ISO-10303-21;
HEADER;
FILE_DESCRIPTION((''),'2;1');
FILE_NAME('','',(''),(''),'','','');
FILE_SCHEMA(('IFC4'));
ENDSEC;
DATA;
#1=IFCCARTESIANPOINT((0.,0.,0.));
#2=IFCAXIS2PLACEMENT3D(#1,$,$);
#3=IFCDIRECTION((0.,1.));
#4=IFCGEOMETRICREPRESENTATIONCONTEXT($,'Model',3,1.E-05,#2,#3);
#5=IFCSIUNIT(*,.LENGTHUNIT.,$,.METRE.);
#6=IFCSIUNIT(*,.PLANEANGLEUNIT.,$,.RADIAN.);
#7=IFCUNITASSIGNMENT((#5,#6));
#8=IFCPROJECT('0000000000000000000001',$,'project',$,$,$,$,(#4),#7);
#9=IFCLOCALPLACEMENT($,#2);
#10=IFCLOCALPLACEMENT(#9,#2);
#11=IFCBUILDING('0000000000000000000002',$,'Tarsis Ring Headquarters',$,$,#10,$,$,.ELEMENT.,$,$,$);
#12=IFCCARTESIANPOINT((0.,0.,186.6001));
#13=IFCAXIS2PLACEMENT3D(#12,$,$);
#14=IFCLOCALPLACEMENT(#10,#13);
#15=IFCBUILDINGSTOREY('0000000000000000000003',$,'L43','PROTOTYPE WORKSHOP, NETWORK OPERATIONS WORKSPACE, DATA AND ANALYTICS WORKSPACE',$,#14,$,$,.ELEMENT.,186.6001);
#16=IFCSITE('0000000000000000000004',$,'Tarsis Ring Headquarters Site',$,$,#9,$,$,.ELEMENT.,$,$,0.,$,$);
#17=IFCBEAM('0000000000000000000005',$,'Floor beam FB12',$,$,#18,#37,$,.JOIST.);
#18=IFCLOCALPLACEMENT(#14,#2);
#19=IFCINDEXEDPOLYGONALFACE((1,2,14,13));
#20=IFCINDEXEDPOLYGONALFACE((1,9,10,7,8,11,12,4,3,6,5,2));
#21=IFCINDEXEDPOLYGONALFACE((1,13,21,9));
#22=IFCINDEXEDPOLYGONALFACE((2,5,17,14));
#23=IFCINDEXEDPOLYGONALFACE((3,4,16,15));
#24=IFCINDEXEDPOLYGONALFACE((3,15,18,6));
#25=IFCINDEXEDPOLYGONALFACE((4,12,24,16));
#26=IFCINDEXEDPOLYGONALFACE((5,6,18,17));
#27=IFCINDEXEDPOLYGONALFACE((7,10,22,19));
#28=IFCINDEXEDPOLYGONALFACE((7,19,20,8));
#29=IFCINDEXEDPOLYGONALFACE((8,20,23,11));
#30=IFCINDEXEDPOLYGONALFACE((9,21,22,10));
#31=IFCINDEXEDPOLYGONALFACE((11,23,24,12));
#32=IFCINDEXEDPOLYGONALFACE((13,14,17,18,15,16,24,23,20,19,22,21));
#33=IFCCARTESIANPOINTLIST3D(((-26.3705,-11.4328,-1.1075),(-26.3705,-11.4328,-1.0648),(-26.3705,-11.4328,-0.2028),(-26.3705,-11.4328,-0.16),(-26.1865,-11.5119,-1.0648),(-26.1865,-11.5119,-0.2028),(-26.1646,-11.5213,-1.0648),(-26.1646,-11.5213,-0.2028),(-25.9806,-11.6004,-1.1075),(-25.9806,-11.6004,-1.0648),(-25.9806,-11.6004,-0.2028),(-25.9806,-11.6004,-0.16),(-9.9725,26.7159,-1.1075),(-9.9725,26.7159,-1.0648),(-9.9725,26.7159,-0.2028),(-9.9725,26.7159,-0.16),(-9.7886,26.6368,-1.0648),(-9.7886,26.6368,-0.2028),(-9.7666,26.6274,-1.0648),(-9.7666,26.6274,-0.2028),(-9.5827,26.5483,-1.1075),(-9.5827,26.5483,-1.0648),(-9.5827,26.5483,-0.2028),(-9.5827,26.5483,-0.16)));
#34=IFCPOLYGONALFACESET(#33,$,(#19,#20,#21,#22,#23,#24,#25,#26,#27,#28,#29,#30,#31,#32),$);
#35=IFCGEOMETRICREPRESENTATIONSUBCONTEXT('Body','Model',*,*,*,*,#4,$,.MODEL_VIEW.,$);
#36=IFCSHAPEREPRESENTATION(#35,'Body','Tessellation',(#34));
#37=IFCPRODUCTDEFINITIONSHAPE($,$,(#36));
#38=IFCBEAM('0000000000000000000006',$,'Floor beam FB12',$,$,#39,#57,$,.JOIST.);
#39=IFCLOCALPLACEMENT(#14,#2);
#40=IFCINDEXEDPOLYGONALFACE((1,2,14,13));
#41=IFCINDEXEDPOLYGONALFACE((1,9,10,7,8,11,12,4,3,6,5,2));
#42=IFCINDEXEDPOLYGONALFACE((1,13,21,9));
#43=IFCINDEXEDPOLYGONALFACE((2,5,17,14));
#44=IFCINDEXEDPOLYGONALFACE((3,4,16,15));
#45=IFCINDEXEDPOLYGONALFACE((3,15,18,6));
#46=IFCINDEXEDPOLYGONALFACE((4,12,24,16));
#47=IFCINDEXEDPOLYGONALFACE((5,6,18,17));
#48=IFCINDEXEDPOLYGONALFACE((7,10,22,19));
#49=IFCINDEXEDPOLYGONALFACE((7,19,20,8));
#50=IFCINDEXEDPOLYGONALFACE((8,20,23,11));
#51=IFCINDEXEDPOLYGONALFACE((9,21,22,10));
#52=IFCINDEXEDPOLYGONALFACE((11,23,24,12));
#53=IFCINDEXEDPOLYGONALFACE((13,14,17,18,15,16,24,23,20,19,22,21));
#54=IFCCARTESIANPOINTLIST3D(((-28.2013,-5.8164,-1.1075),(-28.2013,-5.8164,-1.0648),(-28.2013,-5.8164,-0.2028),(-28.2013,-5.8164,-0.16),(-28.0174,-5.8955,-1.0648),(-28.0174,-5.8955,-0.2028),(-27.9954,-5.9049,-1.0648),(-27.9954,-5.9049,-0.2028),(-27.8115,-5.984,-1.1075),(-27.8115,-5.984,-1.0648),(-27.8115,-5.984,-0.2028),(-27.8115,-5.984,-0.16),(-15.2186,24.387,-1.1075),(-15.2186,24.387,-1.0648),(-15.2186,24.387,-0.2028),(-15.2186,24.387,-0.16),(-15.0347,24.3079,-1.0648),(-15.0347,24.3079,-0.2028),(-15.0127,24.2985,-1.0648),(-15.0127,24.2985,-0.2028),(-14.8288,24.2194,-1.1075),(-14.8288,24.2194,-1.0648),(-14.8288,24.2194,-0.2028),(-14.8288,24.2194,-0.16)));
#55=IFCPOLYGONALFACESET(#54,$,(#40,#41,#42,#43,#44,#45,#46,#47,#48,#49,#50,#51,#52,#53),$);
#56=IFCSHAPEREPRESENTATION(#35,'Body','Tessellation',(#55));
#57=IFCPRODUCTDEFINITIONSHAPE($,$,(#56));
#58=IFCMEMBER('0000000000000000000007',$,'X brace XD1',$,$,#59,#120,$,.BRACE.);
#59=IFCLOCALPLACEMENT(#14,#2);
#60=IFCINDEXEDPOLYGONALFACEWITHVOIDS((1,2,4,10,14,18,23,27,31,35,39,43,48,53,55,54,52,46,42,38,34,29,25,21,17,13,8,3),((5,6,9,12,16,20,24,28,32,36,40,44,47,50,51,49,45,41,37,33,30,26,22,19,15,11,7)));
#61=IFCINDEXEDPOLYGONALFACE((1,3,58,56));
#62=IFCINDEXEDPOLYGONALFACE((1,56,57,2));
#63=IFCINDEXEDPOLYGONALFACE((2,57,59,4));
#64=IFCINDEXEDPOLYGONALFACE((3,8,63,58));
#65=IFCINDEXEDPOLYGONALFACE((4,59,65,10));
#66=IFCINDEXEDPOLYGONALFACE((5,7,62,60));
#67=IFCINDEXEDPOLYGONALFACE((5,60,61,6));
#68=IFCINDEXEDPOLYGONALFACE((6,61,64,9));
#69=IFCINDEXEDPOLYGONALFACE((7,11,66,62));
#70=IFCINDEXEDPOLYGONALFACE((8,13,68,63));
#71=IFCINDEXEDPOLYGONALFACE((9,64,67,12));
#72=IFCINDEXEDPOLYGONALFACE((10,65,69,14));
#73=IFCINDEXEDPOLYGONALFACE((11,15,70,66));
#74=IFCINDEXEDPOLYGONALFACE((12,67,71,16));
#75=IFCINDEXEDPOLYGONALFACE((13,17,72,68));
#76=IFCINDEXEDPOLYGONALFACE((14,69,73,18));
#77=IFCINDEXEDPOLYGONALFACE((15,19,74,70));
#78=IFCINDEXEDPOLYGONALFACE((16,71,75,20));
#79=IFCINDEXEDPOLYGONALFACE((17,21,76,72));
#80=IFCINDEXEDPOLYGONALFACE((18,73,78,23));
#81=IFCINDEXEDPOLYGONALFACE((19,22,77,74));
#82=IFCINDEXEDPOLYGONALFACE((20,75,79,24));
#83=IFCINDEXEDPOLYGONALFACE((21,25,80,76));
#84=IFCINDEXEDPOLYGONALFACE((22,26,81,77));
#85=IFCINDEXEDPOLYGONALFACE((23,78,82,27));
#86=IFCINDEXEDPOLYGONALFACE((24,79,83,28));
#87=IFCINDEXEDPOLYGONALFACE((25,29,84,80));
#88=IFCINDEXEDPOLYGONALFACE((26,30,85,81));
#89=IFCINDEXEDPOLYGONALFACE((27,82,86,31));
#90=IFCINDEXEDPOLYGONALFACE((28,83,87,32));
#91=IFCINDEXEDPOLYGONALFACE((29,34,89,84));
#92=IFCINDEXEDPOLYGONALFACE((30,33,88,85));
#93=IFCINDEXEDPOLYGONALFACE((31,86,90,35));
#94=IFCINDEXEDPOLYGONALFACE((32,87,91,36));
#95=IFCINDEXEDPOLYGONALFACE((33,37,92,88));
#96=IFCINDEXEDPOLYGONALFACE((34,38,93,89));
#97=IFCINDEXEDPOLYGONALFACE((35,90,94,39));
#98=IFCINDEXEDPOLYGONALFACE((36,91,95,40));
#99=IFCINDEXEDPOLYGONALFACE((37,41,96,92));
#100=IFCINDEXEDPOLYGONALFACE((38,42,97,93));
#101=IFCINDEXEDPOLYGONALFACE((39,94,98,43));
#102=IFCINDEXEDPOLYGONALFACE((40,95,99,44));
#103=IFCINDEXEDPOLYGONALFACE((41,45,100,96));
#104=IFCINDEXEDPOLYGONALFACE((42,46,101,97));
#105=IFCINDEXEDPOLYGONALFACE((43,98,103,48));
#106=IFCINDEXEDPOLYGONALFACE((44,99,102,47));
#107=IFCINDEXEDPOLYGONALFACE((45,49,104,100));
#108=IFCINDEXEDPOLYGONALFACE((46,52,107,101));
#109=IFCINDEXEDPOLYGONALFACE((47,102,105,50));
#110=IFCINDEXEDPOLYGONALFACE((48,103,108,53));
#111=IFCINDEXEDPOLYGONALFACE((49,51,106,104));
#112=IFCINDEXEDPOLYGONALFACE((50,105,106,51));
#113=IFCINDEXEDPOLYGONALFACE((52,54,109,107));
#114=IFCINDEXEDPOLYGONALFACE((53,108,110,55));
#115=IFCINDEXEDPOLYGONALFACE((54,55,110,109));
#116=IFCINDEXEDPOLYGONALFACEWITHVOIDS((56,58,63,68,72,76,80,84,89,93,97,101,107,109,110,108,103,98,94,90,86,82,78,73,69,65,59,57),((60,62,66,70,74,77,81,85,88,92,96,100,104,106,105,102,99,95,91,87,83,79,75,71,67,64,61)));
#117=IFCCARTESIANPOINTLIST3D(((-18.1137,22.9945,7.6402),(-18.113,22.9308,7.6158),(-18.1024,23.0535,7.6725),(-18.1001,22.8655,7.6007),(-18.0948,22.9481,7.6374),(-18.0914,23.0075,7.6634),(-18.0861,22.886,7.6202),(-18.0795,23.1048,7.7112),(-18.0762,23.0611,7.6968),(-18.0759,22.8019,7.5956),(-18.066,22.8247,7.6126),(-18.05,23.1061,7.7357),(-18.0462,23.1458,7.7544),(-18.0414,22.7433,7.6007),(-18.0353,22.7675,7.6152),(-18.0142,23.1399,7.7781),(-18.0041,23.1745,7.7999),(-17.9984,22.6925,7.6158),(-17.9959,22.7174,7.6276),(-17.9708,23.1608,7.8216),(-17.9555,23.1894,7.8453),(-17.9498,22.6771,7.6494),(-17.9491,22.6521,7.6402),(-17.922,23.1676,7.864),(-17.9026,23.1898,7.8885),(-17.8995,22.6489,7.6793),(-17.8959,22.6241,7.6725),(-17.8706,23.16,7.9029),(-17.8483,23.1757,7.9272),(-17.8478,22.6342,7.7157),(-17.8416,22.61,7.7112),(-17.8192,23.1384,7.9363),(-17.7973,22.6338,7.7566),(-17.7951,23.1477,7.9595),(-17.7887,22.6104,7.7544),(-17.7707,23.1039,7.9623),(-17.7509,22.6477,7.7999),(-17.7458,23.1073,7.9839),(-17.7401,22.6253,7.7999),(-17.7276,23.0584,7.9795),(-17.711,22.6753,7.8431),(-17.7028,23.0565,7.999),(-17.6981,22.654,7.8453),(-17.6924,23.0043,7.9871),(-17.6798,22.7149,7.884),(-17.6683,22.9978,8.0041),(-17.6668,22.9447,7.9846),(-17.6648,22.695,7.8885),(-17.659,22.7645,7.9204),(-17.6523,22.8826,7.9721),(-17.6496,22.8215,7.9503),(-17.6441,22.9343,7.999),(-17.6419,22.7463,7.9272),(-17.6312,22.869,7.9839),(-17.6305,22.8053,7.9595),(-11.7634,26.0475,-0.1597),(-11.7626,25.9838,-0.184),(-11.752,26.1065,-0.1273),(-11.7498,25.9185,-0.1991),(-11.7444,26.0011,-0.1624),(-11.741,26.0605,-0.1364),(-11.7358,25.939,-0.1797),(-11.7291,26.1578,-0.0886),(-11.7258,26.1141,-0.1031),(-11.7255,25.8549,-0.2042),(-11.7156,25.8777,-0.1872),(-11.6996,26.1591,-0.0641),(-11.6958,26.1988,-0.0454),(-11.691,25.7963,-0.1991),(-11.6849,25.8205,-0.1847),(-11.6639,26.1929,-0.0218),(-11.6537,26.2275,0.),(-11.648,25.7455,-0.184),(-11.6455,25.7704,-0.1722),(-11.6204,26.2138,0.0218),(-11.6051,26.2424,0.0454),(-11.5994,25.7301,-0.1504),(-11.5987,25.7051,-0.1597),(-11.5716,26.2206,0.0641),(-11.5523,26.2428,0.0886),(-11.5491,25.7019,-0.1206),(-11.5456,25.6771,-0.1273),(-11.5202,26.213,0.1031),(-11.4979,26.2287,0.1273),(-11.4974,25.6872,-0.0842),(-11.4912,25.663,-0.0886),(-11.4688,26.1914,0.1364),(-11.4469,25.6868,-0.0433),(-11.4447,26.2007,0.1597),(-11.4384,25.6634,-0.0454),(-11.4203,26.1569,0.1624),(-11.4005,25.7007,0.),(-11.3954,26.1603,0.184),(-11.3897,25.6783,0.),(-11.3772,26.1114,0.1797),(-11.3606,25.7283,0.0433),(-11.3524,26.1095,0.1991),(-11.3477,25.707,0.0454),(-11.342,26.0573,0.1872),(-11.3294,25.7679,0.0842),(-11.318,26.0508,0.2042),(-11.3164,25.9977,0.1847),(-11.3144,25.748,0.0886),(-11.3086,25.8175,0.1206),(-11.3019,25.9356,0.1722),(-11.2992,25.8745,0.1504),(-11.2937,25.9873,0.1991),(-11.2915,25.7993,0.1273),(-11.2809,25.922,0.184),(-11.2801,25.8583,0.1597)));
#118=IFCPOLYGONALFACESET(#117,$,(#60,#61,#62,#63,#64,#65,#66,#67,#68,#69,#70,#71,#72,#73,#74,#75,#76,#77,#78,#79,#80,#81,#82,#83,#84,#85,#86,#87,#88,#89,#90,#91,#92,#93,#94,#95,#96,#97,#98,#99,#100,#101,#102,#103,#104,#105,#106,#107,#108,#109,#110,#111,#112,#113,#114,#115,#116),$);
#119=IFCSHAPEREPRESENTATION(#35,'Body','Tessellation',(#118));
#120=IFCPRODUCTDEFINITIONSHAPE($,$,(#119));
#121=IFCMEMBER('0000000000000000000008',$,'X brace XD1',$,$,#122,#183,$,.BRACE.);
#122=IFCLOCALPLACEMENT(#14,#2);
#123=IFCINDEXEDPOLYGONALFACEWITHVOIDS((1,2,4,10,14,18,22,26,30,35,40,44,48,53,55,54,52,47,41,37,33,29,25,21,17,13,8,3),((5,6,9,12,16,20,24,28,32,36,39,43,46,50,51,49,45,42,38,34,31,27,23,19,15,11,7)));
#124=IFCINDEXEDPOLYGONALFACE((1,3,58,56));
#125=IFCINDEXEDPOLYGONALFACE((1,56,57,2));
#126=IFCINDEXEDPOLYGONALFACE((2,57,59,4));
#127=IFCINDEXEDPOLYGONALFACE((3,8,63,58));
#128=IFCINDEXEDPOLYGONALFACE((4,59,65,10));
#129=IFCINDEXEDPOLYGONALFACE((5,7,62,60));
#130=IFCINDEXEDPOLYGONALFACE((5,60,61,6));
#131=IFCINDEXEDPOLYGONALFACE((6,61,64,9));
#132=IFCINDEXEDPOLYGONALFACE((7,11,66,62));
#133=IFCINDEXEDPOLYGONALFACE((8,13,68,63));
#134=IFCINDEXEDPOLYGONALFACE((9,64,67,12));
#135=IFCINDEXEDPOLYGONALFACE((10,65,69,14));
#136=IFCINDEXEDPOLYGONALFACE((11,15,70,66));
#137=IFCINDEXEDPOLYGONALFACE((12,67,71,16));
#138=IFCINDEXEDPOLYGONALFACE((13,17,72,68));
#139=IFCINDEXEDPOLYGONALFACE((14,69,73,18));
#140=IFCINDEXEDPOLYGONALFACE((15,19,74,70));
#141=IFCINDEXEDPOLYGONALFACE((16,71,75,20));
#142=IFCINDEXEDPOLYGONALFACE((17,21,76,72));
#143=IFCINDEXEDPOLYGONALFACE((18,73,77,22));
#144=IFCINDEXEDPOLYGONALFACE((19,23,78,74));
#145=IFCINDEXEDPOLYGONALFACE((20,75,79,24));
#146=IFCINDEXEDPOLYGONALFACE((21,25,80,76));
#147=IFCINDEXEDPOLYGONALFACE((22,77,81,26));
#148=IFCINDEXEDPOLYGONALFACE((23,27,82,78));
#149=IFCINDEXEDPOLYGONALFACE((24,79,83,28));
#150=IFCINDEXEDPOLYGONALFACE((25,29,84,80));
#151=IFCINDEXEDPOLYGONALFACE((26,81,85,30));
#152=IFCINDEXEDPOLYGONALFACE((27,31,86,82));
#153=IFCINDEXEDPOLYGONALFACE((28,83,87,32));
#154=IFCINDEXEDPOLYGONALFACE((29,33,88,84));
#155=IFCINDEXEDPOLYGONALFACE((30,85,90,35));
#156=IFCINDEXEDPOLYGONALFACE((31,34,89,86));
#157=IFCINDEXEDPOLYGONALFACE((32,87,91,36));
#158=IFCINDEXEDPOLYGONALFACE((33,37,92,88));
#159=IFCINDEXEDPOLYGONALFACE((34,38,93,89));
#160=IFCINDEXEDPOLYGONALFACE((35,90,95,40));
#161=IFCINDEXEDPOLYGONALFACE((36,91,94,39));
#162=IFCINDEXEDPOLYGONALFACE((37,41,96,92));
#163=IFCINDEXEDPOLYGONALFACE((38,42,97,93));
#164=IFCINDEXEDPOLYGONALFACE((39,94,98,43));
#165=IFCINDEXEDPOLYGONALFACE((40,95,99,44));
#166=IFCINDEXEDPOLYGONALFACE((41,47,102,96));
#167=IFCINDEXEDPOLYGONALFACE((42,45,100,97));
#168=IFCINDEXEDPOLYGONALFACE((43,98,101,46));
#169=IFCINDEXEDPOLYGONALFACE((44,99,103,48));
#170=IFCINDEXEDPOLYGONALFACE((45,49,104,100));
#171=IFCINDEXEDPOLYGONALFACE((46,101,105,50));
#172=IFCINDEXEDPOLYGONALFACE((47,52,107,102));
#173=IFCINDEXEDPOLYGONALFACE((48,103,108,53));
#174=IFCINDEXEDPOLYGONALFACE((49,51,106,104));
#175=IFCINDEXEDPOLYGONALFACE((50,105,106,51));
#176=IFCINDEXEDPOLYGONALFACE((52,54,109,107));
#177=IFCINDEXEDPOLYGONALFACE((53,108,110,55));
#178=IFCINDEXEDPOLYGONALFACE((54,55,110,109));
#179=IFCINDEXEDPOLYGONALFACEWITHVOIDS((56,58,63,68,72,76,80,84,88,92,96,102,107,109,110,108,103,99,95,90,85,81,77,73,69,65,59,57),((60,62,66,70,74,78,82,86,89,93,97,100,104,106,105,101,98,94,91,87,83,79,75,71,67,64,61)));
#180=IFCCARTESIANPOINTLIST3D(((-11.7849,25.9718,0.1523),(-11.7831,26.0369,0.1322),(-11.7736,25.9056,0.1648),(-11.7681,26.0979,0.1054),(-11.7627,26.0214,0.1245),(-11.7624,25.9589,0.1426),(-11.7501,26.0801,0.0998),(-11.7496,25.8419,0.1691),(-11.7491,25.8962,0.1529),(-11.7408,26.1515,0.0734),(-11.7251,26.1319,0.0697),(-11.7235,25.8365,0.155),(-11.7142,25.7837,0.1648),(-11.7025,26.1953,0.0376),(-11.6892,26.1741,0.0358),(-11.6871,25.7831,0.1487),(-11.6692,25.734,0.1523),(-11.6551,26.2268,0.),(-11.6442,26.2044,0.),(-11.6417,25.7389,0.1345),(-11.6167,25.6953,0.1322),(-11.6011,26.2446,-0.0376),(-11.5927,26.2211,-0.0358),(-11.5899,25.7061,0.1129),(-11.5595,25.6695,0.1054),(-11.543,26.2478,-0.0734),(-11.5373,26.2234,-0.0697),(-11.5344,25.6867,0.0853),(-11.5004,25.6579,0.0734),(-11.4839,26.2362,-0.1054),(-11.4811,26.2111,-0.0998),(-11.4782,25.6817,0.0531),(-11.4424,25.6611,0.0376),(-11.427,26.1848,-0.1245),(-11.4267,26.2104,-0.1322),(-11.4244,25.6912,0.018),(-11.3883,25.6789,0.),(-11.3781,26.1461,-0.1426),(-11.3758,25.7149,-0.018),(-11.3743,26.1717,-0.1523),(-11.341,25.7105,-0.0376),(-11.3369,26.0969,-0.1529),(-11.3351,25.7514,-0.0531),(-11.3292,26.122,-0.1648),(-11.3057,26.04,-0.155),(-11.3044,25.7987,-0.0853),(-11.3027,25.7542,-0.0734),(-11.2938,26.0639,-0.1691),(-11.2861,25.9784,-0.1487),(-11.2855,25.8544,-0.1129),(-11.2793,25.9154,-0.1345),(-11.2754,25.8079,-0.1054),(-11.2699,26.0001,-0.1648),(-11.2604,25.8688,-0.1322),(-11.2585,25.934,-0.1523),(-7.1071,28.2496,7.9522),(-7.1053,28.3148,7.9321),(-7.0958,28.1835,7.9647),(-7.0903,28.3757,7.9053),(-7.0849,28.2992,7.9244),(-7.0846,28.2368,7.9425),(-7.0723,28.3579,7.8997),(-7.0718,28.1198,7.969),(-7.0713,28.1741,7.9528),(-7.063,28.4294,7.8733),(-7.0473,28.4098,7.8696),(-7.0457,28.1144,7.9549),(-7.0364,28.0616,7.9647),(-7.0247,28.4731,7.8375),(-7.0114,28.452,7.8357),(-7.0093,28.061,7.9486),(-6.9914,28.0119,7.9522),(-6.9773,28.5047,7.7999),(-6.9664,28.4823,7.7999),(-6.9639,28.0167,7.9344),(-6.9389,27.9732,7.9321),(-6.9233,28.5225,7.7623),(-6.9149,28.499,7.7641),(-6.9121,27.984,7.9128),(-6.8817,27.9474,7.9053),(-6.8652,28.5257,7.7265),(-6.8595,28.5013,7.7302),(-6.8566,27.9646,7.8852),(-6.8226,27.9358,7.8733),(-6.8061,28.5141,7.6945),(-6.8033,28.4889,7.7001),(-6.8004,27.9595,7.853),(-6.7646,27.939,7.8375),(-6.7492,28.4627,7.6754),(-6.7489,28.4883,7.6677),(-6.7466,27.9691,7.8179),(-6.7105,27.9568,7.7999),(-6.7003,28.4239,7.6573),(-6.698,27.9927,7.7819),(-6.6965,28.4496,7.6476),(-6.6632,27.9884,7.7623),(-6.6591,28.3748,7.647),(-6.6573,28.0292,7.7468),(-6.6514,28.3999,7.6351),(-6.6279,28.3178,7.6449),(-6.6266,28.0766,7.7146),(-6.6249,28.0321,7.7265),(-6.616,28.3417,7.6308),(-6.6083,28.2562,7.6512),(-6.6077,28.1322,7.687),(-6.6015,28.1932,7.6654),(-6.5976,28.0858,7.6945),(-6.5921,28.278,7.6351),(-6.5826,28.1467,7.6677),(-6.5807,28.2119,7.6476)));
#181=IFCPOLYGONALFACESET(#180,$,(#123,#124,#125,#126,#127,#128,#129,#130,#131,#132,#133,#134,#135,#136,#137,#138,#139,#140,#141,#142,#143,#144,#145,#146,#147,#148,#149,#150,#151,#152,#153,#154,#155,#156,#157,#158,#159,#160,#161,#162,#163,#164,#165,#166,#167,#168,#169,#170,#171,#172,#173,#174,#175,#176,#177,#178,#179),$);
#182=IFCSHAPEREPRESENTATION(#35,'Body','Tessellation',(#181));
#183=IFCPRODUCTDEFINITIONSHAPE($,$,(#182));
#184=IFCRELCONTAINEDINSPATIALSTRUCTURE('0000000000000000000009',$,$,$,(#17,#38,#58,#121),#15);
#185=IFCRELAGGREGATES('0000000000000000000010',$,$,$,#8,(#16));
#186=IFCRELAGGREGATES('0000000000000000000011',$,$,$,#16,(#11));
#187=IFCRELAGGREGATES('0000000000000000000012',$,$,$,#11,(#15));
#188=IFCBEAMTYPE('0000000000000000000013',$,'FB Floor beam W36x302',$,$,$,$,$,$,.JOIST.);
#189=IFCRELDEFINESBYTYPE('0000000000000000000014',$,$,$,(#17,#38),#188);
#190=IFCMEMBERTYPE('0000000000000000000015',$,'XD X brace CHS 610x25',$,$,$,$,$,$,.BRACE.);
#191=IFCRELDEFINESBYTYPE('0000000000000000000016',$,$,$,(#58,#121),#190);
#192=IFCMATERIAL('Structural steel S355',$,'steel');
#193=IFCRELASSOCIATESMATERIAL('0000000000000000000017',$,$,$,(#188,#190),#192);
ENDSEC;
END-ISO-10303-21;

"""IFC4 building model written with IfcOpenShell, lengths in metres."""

from ifc_helpers import new_model, si_unit, direction, frame, origin, origin_2d, place, context, subcontext, project, spatial, hollow_circle, i_section, extrude, material, material_profile, profile_set, type_object, element, save


model = new_model("IFC4")

# Units and contexts
model_context = context("Model", 3, precision=1e-05, world=origin(), true_north=direction((0.0, 1.0)))
body_context = subcontext(model_context, "Body", "Model", "MODEL_VIEW")
ifc_project = project(units=[si_unit("LENGTHUNIT", "METRE"), si_unit("PLANEANGLEUNIT", "RADIAN")], contexts=[model_context])

# Site, building, storey
site_placement = place(None, origin())
site = spatial("IfcSite", under=ifc_project, at=site_placement, Name="Tarsis Ring Headquarters Site", CompositionType="ELEMENT", RefElevation=0.0)
building_placement = place(site_placement, origin())
building = spatial("IfcBuilding", under=site, at=building_placement, Name="Tarsis Ring Headquarters", CompositionType="ELEMENT")
storey_placement = place(building_placement, frame((0.0, 0.0, 186.6001)))
storey = spatial("IfcBuildingStorey", under=building, at=storey_placement, Name="L43", Description="PROTOTYPE WORKSHOP, NETWORK OPERATIONS WORKSPACE, DATA AND ANALYTICS WORKSPACE", CompositionType="ELEMENT", Elevation=186.6001)

# Shared definitions
ifc_material_1 = material(Name="Structural steel S355", Category="steel")

# Beams
ifc_material_profile_1 = material_profile(ifc_material_1, i_section(OverallWidth=0.4243, OverallDepth=0.9475, WebThickness=0.0239, FlangeThickness=0.0427, at=origin_2d()), Name="W36x302")
ifc_profile_set_1 = profile_set([ifc_material_profile_1], Name="Structural steel S355")
beam_type_1 = type_object("IfcBeamType", Name="FB Floor beam W36x302", PredefinedType="JOIST", material=ifc_profile_set_1)
beam_1_placement = place(storey_placement, frame((-9.7776, 26.6321, -0.6338), z_axis=(-0.394906, -0.918721, 0.0), x_axis=(0.918721, -0.394906, 0.0)))
element("IfcBeam", 1, at=beam_1_placement, inside=storey, type_object=beam_type_1, Name="Floor beam FB12", PredefinedType="JOIST", context=body_context, shape_type="SweptSolid", body=[
    extrude(i_section(OverallWidth=0.4243, OverallDepth=0.9475, WebThickness=0.0239, FlangeThickness=0.0427, at=origin_2d()), origin(), (0.0, 0.0, 1.0), 41.5237),
])
beam_2_placement = place(storey_placement, frame((-15.0237, 24.3032, -0.6338), z_axis=(-0.394905, -0.918722, 0.0), x_axis=(0.918722, -0.394905, 0.0)))
element("IfcBeam", 2, at=beam_2_placement, inside=storey, type_object=beam_type_1, Name="Floor beam FB12", PredefinedType="JOIST", context=body_context, shape_type="SweptSolid", body=[
    extrude(i_section(OverallWidth=0.4243, OverallDepth=0.9475, WebThickness=0.0239, FlangeThickness=0.0427, at=origin_2d()), origin(), (0.0, 0.0, 1.0), 32.8755),
])

# Members
ifc_material_profile_2 = material_profile(ifc_material_1, hollow_circle(Radius=0.3047, WallThickness=0.0249, at=origin_2d()), Name="CHS 610x25")
ifc_profile_set_2 = profile_set([ifc_material_profile_2], Name="Structural steel S355")
member_type = type_object("IfcMemberType", Name="XD X brace CHS 610x25", PredefinedType="BRACE", material=ifc_profile_set_2)
member_1_placement = place(storey_placement, frame((-11.5217, 25.9529, 0.0), z_axis=(-0.604152, -0.290451, 0.74205), x_axis=(0.433286, -0.901256, 0.0)))
element("IfcMember", 3, at=member_1_placement, inside=storey, type_object=member_type, Name="X brace XD1", PredefinedType="BRACE", context=body_context, shape_type="SweptSolid", body=[
    extrude(hollow_circle(Radius=0.3047, WallThickness=0.0249, at=origin_2d()), origin(), (0.0, 0.0, 1.0), 10.5112),
])
member_2_placement = place(storey_placement, frame((-11.5217, 25.9529, 0.0), z_axis=(0.498913, 0.242947, 0.831903), x_axis=(-0.437804, 0.89907, 0.0)))
element("IfcMember", 4, at=member_2_placement, inside=storey, type_object=member_type, Name="X brace XD1", PredefinedType="BRACE", context=body_context, shape_type="SweptSolid", body=[
    extrude(hollow_circle(Radius=0.3047, WallThickness=0.0249, at=origin_2d()), origin(), (0.0, 0.0, 1.0), 9.376),
])

save(model, "model.ifc")
